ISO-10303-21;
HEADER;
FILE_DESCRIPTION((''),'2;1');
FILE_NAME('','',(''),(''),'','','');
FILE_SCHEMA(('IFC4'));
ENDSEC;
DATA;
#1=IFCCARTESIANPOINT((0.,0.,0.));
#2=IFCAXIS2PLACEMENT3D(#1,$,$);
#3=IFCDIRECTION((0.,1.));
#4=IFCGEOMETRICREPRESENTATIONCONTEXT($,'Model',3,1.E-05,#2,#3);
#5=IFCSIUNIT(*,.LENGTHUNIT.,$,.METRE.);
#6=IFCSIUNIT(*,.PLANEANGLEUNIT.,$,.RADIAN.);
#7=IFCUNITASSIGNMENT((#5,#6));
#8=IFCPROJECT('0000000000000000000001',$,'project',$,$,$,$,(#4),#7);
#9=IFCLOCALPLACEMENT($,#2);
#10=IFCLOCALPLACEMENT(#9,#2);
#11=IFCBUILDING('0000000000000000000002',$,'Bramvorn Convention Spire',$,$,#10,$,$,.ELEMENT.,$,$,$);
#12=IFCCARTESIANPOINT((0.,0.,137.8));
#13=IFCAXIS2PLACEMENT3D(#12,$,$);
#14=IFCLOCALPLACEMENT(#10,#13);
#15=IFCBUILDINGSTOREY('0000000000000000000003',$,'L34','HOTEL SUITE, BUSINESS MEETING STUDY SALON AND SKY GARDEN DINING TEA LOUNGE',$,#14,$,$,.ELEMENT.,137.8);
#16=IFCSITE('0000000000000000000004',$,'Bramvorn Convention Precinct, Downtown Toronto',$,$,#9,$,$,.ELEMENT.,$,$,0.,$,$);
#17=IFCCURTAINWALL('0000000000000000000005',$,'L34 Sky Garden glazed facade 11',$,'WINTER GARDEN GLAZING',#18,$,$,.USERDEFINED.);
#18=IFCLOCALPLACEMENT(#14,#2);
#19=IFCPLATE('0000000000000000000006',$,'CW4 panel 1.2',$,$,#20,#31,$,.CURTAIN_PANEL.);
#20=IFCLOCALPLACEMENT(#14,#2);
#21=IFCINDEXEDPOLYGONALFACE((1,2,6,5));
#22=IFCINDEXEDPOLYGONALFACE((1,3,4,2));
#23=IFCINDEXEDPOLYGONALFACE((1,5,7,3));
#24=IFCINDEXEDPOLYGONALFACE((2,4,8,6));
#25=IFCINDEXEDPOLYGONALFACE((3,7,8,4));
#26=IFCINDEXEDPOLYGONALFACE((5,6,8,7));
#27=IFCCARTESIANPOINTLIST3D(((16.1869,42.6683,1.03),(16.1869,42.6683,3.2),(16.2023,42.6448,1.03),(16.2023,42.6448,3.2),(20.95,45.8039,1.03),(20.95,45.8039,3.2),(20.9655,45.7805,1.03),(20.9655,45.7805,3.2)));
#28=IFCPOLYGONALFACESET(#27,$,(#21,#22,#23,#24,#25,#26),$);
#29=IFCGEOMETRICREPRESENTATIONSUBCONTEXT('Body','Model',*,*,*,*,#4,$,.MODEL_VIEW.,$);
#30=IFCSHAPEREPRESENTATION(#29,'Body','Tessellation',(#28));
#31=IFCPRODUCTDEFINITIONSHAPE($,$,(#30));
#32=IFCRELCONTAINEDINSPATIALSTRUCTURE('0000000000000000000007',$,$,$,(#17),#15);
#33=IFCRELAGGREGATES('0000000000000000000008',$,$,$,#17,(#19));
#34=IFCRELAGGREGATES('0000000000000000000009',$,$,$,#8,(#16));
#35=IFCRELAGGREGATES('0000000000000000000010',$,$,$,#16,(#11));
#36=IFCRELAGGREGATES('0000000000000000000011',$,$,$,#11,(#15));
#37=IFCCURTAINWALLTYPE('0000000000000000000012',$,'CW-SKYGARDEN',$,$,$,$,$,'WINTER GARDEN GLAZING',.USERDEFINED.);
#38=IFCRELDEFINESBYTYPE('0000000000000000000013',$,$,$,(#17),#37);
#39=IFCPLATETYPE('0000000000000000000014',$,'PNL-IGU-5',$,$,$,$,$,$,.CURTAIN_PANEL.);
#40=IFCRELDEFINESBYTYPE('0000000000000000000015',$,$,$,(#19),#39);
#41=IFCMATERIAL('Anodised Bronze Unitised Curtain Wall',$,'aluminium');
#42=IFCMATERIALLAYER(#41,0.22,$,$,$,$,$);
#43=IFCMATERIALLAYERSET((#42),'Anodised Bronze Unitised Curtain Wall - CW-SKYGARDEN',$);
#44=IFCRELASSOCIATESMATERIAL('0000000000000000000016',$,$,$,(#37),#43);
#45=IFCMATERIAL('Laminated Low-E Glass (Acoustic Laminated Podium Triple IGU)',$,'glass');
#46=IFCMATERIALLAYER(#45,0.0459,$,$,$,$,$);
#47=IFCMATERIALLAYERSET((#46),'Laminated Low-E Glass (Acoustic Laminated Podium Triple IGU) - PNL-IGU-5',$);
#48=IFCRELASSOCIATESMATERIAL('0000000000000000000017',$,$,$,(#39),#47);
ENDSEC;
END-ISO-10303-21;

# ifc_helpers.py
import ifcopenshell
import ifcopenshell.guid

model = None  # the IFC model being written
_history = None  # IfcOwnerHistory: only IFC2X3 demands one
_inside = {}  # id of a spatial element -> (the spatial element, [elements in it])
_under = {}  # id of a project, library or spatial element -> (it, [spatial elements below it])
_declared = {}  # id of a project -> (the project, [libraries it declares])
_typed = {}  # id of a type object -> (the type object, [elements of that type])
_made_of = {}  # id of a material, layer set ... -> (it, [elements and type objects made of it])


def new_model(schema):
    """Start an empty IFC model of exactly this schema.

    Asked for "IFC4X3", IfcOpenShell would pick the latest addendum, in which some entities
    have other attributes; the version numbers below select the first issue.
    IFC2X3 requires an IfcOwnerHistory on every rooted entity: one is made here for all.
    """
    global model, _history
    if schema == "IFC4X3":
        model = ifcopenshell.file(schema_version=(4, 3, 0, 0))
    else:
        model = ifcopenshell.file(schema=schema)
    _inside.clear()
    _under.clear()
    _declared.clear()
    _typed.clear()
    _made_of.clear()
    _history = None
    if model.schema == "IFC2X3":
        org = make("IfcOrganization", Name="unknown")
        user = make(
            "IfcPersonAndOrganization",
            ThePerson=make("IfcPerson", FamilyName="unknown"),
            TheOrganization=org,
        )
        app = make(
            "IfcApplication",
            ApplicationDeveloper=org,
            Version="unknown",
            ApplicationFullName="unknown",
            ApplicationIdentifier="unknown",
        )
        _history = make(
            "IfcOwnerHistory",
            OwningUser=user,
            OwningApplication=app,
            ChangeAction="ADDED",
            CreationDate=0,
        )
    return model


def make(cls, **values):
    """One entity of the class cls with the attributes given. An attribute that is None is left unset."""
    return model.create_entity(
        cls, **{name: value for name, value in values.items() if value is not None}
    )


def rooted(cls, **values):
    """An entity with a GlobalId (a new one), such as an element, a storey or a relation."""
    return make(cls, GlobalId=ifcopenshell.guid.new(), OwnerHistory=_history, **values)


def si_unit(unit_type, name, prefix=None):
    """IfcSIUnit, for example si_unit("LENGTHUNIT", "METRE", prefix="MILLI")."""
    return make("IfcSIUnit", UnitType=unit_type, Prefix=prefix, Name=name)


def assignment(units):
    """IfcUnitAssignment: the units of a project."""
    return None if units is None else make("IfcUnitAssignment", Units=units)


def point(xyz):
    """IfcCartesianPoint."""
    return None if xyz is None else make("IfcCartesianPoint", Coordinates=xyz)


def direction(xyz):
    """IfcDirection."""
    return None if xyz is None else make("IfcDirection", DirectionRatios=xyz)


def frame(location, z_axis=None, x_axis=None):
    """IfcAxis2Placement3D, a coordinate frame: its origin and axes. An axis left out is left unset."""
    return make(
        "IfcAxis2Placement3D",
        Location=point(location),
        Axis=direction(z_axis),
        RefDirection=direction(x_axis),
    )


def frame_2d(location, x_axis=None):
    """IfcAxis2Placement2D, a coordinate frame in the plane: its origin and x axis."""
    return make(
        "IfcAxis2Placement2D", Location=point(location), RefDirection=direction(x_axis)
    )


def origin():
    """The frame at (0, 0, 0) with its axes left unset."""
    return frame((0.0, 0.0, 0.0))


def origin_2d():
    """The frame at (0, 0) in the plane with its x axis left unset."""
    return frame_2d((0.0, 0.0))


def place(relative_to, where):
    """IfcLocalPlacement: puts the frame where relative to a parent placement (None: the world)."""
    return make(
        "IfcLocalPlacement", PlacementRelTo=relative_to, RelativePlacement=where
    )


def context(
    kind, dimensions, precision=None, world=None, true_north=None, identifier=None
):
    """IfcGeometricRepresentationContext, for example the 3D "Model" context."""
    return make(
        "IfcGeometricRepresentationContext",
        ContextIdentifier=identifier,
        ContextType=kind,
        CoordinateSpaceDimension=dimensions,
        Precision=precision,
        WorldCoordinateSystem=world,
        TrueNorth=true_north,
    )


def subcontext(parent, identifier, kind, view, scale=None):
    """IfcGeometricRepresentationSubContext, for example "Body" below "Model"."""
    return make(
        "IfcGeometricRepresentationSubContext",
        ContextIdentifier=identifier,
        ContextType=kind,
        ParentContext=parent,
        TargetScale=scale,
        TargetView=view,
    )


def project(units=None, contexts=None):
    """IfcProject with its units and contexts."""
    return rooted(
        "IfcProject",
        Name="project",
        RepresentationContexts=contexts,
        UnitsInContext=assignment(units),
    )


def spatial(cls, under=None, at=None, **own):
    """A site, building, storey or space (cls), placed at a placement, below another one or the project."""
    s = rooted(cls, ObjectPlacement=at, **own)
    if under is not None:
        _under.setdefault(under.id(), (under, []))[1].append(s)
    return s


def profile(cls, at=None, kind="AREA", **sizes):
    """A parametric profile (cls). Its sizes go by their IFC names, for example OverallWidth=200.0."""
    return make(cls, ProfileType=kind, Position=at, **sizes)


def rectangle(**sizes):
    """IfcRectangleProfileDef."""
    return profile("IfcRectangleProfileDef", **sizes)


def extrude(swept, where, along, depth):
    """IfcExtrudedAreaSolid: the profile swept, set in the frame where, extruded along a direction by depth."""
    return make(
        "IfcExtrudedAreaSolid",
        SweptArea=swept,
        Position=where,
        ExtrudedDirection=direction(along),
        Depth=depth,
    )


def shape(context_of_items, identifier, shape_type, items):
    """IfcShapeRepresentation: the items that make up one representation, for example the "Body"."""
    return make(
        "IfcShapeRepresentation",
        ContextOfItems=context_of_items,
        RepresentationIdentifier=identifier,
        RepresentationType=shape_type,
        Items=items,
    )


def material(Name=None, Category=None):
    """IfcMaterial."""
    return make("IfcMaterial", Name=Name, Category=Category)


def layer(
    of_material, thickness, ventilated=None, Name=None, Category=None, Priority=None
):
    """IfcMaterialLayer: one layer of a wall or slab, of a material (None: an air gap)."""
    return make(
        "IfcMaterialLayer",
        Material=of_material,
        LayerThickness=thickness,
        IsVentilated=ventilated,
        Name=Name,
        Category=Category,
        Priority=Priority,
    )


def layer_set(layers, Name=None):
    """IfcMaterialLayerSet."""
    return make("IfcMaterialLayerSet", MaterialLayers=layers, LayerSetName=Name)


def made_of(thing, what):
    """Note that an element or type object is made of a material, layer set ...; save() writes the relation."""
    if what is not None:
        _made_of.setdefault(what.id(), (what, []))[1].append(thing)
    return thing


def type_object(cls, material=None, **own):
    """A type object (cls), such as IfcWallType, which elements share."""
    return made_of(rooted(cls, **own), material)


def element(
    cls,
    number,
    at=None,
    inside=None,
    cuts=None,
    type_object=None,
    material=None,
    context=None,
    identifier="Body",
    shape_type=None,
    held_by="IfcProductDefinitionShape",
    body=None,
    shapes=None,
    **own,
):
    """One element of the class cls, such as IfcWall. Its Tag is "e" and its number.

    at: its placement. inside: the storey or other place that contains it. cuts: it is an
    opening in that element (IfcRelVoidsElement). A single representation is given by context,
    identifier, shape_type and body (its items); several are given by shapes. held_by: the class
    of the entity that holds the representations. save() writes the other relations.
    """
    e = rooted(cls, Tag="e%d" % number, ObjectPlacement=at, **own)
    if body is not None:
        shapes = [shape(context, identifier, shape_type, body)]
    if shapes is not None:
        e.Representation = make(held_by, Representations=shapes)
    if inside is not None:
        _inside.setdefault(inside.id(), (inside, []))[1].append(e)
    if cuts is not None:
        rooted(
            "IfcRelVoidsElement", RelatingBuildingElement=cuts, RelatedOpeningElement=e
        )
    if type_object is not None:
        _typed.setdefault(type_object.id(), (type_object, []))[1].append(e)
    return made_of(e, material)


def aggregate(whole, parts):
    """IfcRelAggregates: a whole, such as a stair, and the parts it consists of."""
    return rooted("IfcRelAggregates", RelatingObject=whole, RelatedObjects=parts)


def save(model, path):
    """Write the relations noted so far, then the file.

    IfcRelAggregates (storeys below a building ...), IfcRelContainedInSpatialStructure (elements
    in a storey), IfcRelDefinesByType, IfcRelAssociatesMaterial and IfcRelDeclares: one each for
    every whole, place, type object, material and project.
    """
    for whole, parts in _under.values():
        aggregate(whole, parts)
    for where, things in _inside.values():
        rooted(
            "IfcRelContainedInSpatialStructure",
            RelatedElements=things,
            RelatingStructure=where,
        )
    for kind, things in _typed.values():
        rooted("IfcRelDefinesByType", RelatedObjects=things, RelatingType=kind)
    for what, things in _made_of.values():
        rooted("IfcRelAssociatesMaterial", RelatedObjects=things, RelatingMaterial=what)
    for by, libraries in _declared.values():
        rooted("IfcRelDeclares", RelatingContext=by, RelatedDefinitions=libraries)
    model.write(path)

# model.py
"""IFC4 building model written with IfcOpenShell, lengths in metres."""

from ifc_helpers import new_model, si_unit, direction, frame, origin, origin_2d, place, context, subcontext, project, spatial, rectangle, extrude, material, layer, layer_set, type_object, element, aggregate, save


model = new_model("IFC4")

# Units and contexts
model_context = context("Model", 3, precision=1e-05, world=origin(), true_north=direction((0.0, 1.0)))
body_context = subcontext(model_context, "Body", "Model", "MODEL_VIEW")
ifc_project = project(units=[si_unit("LENGTHUNIT", "METRE"), si_unit("PLANEANGLEUNIT", "RADIAN")], contexts=[model_context])

# Site, building, storey
site_placement = place(None, origin())
site = spatial("IfcSite", under=ifc_project, at=site_placement, Name="Bramvorn Convention Precinct, Downtown Toronto", CompositionType="ELEMENT", RefElevation=0.0)
building_placement = place(site_placement, origin())
building = spatial("IfcBuilding", under=site, at=building_placement, Name="Bramvorn Convention Spire", CompositionType="ELEMENT")
storey_placement = place(building_placement, frame((0.0, 0.0, 137.8)))
storey = spatial("IfcBuildingStorey", under=building, at=storey_placement, Name="L34", Description="HOTEL SUITE, BUSINESS MEETING STUDY SALON AND SKY GARDEN DINING TEA LOUNGE", CompositionType="ELEMENT", Elevation=137.8)

# Shared definitions
ifc_material_1 = material(Name="Anodised Bronze Unitised Curtain Wall", Category="aluminium")
ifc_layer_1 = layer(ifc_material_1, 0.22)
ifc_layer_set_1 = layer_set([ifc_layer_1], Name="Anodised Bronze Unitised Curtain Wall - CW-SKYGARDEN")
curtain_wall_type = type_object("IfcCurtainWallType", Name="CW-SKYGARDEN", ElementType="WINTER GARDEN GLAZING", PredefinedType="USERDEFINED", material=ifc_layer_set_1)

# Curtain wall
curtain_wall_1_placement = place(storey_placement, origin())
curtain_wall_1 = element("IfcCurtainWall", 1, at=curtain_wall_1_placement, inside=storey, type_object=curtain_wall_type, Name="L34 Sky Garden glazed facade 11", ObjectType="WINTER GARDEN GLAZING", PredefinedType="USERDEFINED")

# Plate
ifc_material_2 = material(Name="Laminated Low-E Glass (Acoustic Laminated Podium Triple IGU)", Category="glass")
ifc_layer_2 = layer(ifc_material_2, 0.0459)
ifc_layer_set_2 = layer_set([ifc_layer_2], Name="Laminated Low-E Glass (Acoustic Laminated Podium Triple IGU) - PNL-IGU-5")
plate_type = type_object("IfcPlateType", Name="PNL-IGU-5", PredefinedType="CURTAIN_PANEL", material=ifc_layer_set_2)
plate_1_placement = place(storey_placement, frame((18.5762, 44.2244, 1.03), z_axis=(0.0, 0.0, 1.0), x_axis=(0.835257, 0.54986, 0.0)))
plate_1 = element("IfcPlate", 2, at=plate_1_placement, type_object=plate_type, Name="CW4 panel 1.2", PredefinedType="CURTAIN_PANEL", context=body_context, shape_type="SweptSolid", body=[
    extrude(rectangle(XDim=5.7026, YDim=0.0281, at=origin_2d()), origin(), (0.0, 0.0, 1.0), 2.1699),
])
aggregate(curtain_wall_1, [plate_1])

save(model, "model.ifc")
